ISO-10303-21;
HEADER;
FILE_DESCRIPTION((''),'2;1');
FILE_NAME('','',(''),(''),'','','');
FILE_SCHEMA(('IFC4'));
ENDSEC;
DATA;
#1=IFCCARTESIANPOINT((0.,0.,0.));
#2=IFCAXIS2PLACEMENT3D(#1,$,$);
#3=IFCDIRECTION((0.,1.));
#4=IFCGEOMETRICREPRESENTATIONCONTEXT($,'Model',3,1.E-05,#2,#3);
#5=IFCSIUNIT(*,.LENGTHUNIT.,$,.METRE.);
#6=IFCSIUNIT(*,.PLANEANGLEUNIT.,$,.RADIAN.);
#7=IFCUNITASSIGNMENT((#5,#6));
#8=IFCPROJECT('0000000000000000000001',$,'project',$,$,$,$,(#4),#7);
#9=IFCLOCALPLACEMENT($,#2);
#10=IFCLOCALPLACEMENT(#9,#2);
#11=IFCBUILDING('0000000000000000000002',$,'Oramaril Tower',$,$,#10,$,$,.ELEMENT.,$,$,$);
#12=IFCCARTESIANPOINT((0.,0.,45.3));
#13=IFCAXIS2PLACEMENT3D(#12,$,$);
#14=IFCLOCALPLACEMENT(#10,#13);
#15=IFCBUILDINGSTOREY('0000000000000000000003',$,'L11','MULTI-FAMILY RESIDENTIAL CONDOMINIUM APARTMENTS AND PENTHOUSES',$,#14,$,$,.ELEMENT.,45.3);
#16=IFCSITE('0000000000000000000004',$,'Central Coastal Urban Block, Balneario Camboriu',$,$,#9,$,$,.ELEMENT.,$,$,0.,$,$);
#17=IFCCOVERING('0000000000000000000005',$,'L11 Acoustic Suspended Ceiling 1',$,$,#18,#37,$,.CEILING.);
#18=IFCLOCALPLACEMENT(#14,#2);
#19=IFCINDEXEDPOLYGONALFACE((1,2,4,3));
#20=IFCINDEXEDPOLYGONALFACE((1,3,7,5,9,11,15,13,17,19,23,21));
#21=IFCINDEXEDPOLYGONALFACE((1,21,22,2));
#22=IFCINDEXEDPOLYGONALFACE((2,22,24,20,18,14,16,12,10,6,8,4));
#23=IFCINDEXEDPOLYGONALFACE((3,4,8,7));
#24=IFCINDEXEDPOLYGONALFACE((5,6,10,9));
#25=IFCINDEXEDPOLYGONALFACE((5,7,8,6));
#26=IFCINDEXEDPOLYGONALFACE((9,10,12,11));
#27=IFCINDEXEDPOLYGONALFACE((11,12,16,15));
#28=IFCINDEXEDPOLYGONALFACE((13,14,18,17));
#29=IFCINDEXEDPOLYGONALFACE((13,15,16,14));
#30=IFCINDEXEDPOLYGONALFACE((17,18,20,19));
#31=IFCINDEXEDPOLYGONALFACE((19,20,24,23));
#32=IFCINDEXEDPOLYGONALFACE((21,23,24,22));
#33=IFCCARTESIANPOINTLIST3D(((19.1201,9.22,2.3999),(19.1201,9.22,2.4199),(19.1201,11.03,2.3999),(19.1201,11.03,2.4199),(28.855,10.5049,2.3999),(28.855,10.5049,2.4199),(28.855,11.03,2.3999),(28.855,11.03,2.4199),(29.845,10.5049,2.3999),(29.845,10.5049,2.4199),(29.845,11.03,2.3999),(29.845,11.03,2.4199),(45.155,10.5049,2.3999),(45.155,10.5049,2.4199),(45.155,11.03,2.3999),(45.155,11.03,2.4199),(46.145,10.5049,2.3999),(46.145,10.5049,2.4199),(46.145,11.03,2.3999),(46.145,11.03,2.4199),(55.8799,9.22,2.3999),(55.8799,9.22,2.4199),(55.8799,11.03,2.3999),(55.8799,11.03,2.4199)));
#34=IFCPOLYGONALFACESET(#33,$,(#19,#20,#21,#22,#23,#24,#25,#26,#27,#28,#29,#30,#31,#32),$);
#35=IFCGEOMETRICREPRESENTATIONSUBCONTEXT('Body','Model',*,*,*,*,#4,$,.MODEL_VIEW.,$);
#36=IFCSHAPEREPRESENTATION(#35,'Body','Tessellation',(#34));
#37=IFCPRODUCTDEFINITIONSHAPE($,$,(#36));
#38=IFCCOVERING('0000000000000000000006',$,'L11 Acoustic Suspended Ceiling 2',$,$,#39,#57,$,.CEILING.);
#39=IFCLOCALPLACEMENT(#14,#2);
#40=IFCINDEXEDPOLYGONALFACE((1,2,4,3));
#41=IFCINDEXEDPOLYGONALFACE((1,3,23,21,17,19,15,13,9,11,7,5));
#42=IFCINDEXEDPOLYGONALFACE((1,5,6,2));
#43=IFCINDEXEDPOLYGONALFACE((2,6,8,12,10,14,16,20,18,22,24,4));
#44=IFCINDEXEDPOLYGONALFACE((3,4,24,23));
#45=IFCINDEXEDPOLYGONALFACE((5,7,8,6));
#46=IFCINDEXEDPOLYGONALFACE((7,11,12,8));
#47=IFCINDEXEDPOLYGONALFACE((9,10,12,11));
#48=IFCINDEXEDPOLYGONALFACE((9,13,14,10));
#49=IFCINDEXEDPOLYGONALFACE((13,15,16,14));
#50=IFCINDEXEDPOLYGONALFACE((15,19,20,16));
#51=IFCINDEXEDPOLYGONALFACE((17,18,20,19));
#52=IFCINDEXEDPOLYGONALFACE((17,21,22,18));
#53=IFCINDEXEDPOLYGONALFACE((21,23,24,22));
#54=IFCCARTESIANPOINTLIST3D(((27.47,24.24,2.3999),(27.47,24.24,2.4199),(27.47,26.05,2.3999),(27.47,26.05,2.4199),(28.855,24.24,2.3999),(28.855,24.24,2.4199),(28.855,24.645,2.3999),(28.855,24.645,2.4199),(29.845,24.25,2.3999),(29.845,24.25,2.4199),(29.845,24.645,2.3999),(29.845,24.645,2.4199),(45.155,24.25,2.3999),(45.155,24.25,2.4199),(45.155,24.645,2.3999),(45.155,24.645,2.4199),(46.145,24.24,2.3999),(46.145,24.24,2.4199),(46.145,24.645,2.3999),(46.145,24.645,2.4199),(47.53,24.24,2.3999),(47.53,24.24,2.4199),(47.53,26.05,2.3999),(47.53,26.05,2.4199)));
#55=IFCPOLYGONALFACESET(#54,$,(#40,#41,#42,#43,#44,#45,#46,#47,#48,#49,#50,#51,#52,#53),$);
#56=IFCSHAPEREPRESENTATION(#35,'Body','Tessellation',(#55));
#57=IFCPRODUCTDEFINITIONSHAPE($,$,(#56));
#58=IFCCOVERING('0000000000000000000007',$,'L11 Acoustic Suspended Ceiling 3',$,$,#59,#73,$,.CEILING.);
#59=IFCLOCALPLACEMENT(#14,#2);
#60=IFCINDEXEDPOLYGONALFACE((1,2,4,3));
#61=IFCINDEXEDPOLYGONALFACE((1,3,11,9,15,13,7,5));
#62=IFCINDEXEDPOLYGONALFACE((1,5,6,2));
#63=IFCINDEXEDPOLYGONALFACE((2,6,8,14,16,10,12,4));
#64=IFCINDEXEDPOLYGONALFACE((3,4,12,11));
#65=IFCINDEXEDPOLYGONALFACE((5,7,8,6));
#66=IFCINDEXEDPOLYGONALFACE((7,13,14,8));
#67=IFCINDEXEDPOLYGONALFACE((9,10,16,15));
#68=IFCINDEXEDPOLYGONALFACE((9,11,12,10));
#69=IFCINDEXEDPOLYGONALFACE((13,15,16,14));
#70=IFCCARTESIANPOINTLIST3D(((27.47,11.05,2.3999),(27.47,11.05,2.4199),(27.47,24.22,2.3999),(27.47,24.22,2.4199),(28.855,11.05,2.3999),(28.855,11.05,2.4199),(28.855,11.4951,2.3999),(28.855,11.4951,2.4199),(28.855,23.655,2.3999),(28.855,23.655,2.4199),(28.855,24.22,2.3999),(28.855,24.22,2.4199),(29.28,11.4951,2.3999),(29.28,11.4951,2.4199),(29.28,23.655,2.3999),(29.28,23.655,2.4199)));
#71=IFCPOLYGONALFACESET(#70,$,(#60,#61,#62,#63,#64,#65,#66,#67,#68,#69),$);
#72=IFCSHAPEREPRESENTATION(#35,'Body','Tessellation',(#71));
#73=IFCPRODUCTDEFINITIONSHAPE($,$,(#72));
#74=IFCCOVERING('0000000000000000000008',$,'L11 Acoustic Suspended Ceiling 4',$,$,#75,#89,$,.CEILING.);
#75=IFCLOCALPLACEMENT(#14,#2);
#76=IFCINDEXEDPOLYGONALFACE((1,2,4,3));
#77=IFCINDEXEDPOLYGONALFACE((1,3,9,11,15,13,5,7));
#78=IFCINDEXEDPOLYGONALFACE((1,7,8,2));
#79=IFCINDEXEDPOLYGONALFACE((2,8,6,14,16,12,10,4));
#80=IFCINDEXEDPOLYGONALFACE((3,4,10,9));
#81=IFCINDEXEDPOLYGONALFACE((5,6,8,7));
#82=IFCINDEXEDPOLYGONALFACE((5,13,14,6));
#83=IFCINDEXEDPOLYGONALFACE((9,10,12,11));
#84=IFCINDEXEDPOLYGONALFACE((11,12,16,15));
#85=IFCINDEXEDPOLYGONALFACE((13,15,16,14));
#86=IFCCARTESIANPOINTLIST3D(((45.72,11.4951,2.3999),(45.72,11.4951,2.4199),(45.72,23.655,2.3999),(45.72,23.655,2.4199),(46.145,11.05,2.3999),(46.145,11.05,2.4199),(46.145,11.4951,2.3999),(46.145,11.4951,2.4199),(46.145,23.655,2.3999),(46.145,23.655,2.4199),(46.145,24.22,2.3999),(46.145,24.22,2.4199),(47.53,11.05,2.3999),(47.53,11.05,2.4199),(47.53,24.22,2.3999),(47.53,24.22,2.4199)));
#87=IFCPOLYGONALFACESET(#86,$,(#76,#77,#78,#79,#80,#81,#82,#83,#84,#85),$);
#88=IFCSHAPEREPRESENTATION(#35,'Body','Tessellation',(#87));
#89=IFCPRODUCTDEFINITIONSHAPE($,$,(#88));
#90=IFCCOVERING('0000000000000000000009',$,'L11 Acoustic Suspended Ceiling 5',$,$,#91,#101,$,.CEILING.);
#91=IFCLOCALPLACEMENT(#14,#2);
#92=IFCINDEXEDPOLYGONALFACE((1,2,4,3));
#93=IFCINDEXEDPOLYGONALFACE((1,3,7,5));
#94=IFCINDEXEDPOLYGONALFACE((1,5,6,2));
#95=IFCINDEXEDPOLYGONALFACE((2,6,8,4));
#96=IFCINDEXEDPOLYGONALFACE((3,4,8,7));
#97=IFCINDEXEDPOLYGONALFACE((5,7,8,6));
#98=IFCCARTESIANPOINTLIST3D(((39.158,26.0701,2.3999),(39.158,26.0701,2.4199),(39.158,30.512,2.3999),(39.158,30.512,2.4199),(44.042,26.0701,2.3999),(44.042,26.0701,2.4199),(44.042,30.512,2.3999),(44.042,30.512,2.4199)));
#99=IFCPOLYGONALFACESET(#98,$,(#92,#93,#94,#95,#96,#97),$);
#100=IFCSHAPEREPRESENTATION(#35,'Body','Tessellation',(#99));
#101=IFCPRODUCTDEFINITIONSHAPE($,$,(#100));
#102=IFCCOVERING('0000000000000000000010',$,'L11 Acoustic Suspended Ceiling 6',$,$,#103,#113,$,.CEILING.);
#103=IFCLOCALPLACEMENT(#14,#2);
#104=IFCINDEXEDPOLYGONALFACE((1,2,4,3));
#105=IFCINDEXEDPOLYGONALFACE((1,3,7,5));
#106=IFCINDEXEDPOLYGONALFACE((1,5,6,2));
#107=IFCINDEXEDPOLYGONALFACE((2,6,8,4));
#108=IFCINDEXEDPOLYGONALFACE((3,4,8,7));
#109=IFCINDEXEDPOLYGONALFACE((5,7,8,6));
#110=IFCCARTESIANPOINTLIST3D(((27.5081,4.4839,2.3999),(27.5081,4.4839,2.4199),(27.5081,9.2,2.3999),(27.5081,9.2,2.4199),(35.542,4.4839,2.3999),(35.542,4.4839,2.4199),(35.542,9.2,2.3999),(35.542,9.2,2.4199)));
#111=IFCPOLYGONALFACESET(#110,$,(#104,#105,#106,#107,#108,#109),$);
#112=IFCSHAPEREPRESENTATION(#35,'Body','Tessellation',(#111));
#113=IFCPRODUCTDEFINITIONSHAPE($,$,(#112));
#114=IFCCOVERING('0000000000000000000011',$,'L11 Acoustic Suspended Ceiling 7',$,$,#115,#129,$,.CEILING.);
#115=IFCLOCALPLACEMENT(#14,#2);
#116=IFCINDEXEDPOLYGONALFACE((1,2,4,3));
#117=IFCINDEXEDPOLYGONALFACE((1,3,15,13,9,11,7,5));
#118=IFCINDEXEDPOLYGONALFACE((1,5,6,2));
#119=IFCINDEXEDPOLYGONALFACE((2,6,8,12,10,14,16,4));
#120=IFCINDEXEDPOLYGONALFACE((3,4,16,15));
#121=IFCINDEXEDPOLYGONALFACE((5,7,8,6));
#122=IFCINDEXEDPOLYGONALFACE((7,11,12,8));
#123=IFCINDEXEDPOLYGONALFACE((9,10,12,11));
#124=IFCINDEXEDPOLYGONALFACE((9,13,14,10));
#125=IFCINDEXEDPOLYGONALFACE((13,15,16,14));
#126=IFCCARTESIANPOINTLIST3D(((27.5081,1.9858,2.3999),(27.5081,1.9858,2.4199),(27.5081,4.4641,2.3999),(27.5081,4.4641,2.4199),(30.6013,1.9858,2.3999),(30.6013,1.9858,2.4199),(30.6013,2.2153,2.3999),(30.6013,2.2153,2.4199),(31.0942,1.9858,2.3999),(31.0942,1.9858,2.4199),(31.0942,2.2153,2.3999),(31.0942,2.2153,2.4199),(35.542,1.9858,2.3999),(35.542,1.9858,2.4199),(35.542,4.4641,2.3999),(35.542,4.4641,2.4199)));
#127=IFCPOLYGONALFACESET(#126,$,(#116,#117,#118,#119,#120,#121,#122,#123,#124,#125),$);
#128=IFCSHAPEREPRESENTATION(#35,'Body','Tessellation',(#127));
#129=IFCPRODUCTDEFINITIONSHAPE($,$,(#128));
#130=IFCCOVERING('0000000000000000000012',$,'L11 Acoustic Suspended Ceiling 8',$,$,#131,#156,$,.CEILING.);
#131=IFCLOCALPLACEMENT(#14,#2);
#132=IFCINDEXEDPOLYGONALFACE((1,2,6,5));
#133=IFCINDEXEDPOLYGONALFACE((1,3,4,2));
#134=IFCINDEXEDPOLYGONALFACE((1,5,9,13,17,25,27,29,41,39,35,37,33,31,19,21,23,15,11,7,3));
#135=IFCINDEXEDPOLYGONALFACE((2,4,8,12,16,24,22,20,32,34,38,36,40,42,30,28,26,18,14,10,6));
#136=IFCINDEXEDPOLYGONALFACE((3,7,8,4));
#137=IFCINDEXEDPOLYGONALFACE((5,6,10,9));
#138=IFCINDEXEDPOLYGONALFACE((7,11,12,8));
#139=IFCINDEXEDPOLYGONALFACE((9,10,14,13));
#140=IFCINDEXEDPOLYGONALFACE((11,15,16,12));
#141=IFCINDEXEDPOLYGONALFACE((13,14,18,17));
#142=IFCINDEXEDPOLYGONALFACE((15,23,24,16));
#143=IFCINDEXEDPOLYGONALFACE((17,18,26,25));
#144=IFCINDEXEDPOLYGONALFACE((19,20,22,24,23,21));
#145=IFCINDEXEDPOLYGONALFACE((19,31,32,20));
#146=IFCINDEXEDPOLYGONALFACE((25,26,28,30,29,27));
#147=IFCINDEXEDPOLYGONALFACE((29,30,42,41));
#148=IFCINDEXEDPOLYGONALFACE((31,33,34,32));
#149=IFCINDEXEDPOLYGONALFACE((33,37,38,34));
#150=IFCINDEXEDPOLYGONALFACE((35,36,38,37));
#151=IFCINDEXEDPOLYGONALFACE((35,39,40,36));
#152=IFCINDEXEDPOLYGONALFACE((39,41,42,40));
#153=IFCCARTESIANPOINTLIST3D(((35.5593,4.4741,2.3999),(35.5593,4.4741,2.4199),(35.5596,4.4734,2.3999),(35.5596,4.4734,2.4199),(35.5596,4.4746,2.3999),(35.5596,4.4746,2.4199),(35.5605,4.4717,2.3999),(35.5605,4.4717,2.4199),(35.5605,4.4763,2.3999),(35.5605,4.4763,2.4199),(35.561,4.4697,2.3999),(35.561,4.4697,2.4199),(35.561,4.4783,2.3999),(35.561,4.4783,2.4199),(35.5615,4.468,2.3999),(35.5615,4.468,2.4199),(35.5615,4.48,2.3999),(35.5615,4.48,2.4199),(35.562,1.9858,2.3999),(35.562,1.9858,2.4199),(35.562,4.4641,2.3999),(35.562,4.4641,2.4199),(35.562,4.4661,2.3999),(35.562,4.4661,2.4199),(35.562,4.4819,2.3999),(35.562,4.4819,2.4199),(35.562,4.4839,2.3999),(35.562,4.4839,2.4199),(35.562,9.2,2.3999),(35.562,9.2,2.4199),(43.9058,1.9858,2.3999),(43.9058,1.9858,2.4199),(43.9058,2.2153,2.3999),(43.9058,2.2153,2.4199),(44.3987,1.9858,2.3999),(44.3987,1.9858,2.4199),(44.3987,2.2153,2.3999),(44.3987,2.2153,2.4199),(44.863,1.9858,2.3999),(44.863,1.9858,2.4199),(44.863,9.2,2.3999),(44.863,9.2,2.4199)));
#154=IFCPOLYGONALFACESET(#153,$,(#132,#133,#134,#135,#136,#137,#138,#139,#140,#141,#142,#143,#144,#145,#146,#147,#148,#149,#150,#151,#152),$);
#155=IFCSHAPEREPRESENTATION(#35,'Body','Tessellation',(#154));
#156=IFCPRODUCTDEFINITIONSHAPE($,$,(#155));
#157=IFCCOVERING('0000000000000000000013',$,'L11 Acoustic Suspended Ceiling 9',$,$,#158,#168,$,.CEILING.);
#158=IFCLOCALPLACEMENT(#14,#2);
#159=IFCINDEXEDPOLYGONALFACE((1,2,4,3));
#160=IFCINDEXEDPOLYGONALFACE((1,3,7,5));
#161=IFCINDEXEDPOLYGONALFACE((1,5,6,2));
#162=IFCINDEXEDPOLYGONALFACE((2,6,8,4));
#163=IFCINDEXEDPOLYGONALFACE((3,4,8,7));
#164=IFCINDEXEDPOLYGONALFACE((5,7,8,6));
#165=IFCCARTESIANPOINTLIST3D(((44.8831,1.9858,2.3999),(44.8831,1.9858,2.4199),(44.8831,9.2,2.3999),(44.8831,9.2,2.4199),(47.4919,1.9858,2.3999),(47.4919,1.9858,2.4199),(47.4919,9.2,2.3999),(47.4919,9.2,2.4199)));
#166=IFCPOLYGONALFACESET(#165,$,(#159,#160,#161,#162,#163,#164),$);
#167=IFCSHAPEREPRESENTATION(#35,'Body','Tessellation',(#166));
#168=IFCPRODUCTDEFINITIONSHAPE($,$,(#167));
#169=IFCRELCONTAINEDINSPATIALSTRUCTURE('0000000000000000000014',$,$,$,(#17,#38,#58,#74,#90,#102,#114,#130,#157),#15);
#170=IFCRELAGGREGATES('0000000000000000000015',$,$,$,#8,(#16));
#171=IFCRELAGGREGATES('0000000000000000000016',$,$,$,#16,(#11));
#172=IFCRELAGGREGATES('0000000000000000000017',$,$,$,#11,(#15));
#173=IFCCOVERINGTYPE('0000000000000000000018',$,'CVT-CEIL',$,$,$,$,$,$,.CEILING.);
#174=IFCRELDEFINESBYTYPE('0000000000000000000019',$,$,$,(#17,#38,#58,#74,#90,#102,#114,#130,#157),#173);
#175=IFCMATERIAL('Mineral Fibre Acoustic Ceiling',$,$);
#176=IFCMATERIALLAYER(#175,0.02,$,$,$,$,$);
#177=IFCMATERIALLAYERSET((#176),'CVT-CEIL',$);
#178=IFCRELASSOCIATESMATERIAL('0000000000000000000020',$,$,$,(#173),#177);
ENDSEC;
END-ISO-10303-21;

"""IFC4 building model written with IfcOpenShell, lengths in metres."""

from ifc_helpers import new_model, si_unit, direction, frame, origin, place, context, subcontext, project, spatial, polyline, outline, extrude, material, layer, layer_set, type_object, element, save


model = new_model("IFC4")

# Units and contexts
model_context = context("Model", 3, precision=1e-05, world=origin(), true_north=direction((0.0, 1.0)))
body_context = subcontext(model_context, "Body", "Model", "MODEL_VIEW")
ifc_project = project(units=[si_unit("LENGTHUNIT", "METRE"), si_unit("PLANEANGLEUNIT", "RADIAN")], contexts=[model_context])

# Site, building, storey
site_placement = place(None, origin())
site = spatial("IfcSite", under=ifc_project, at=site_placement, Name="Central Coastal Urban Block, Balneario Camboriu", CompositionType="ELEMENT", RefElevation=0.0)
building_placement = place(site_placement, origin())
building = spatial("IfcBuilding", under=site, at=building_placement, Name="Oramaril Tower", CompositionType="ELEMENT")
storey_placement = place(building_placement, frame((0.0, 0.0, 45.3)))
storey = spatial("IfcBuildingStorey", under=building, at=storey_placement, Name="L11", Description="MULTI-FAMILY RESIDENTIAL CONDOMINIUM APARTMENTS AND PENTHOUSES", CompositionType="ELEMENT", Elevation=45.3)

# Coverings
ifc_material_1 = material(Name="Mineral Fibre Acoustic Ceiling")
ifc_layer_1 = layer(ifc_material_1, 0.02)
ifc_layer_set_1 = layer_set([ifc_layer_1], Name="CVT-CEIL")
covering_type_1 = type_object("IfcCoveringType", Name="CVT-CEIL", PredefinedType="CEILING", material=ifc_layer_set_1)
covering_1_placement = place(storey_placement, frame((0.0, 0.0, 2.3999)))
element("IfcCovering", 1, at=covering_1_placement, inside=storey, type_object=covering_type_1, Name="L11 Acoustic Suspended Ceiling 1", PredefinedType="CEILING", context=body_context, shape_type="SweptSolid", body=[
    extrude(outline(polyline([(28.855, 10.5049), (29.845, 10.5049), (29.845, 11.03), (45.155, 11.03), (45.155, 10.5049), (46.145, 10.5049), (46.145, 11.03), (55.8799, 11.03), (55.8799, 9.22), (19.1201, 9.22), (19.1201, 11.03), (28.855, 11.03), (28.855, 10.5049)])), origin(), (0.0, 0.0, 1.0), 0.02),
])
covering_2_placement = place(storey_placement, frame((0.0, 0.0, 2.3999)))
element("IfcCovering", 2, at=covering_2_placement, inside=storey, type_object=covering_type_1, Name="L11 Acoustic Suspended Ceiling 2", PredefinedType="CEILING", context=body_context, shape_type="SweptSolid", body=[
    extrude(outline(polyline([(47.53, 24.24), (46.145, 24.24), (46.145, 24.645), (45.155, 24.645), (45.155, 24.25), (29.845, 24.25), (29.845, 24.645), (28.855, 24.645), (28.855, 24.24), (27.47, 24.24), (27.47, 26.05), (47.53, 26.05), (47.53, 24.24)])), origin(), (0.0, 0.0, 1.0), 0.02),
])
covering_3_placement = place(storey_placement, frame((0.0, 0.0, 2.3999)))
element("IfcCovering", 3, at=covering_3_placement, inside=storey, type_object=covering_type_1, Name="L11 Acoustic Suspended Ceiling 3", PredefinedType="CEILING", context=body_context, shape_type="SweptSolid", body=[
    extrude(outline(polyline([(28.855, 23.655), (29.28, 23.655), (29.28, 11.4951), (28.855, 11.4951), (28.855, 11.05), (27.47, 11.05), (27.47, 24.22), (28.855, 24.22), (28.855, 23.655)])), origin(), (0.0, 0.0, 1.0), 0.02),
])
covering_4_placement = place(storey_placement, frame((0.0, 0.0, 2.3999)))
element("IfcCovering", 4, at=covering_4_placement, inside=storey, type_object=covering_type_1, Name="L11 Acoustic Suspended Ceiling 4", PredefinedType="CEILING", context=body_context, shape_type="SweptSolid", body=[
    extrude(outline(polyline([(47.53, 11.05), (46.145, 11.05), (46.145, 11.4951), (45.72, 11.4951), (45.72, 23.655), (46.145, 23.655), (46.145, 24.22), (47.53, 24.22), (47.53, 11.05)])), origin(), (0.0, 0.0, 1.0), 0.02),
])
covering_5_placement = place(storey_placement, frame((0.0, 0.0, 2.3999)))
element("IfcCovering", 5, at=covering_5_placement, inside=storey, type_object=covering_type_1, Name="L11 Acoustic Suspended Ceiling 5", PredefinedType="CEILING", context=body_context, shape_type="SweptSolid", body=[
    extrude(outline(polyline([(44.042, 30.512), (44.042, 26.0701), (39.158, 26.0701), (39.158, 30.512), (44.042, 30.512)])), origin(), (0.0, 0.0, 1.0), 0.02),
])
covering_6_placement = place(storey_placement, frame((0.0, 0.0, 2.3999)))
element("IfcCovering", 6, at=covering_6_placement, inside=storey, type_object=covering_type_1, Name="L11 Acoustic Suspended Ceiling 6", PredefinedType="CEILING", context=body_context, shape_type="SweptSolid", body=[
    extrude(outline(polyline([(27.5081, 9.2), (35.542, 9.2), (35.542, 4.4839), (27.5081, 4.4839), (27.5081, 9.2)])), origin(), (0.0, 0.0, 1.0), 0.02),
])
covering_7_placement = place(storey_placement, frame((0.0, 0.0, 2.3999)))
element("IfcCovering", 7, at=covering_7_placement, inside=storey, type_object=covering_type_1, Name="L11 Acoustic Suspended Ceiling 7", PredefinedType="CEILING", context=body_context, shape_type="SweptSolid", body=[
    extrude(outline(polyline([(31.0942, 2.2153), (30.6013, 2.2153), (30.6013, 1.9858), (27.5081, 1.9858), (27.5081, 4.4641), (35.542, 4.4641), (35.542, 1.9858), (31.0942, 1.9858), (31.0942, 2.2153)])), origin(), (0.0, 0.0, 1.0), 0.02),
])
covering_8_placement = place(storey_placement, frame((0.0, 0.0, 2.3999)))
element("IfcCovering", 8, at=covering_8_placement, inside=storey, type_object=covering_type_1, Name="L11 Acoustic Suspended Ceiling 8", PredefinedType="CEILING", context=body_context, shape_type="SweptSolid", body=[
    extrude(outline(polyline([(44.3987, 1.9858), (44.3987, 2.2153), (43.9058, 2.2153), (43.9058, 1.9858), (35.562, 1.9858), (35.562, 4.4641), (35.562, 4.4661), (35.5615, 4.468), (35.561, 4.4697), (35.5605, 4.4717), (35.5596, 4.4734), (35.5593, 4.4741), (35.5596, 4.4746), (35.5605, 4.4763), (35.561, 4.4783), (35.5615, 4.48), (35.562, 4.4819), (35.562, 4.4839), (35.562, 9.2), (44.863, 9.2), (44.863, 1.9858), (44.3987, 1.9858)])), origin(), (0.0, 0.0, 1.0), 0.02),
])
covering_9_placement = place(storey_placement, frame((0.0, 0.0, 2.3999)))
element("IfcCovering", 9, at=covering_9_placement, inside=storey, type_object=covering_type_1, Name="L11 Acoustic Suspended Ceiling 9", PredefinedType="CEILING", context=body_context, shape_type="SweptSolid", body=[
    extrude(outline(polyline([(47.4919, 1.9858), (44.8831, 1.9858), (44.8831, 9.2), (47.4919, 9.2), (47.4919, 1.9858)])), origin(), (0.0, 0.0, 1.0), 0.02),
])

save(model, "model.ifc")
